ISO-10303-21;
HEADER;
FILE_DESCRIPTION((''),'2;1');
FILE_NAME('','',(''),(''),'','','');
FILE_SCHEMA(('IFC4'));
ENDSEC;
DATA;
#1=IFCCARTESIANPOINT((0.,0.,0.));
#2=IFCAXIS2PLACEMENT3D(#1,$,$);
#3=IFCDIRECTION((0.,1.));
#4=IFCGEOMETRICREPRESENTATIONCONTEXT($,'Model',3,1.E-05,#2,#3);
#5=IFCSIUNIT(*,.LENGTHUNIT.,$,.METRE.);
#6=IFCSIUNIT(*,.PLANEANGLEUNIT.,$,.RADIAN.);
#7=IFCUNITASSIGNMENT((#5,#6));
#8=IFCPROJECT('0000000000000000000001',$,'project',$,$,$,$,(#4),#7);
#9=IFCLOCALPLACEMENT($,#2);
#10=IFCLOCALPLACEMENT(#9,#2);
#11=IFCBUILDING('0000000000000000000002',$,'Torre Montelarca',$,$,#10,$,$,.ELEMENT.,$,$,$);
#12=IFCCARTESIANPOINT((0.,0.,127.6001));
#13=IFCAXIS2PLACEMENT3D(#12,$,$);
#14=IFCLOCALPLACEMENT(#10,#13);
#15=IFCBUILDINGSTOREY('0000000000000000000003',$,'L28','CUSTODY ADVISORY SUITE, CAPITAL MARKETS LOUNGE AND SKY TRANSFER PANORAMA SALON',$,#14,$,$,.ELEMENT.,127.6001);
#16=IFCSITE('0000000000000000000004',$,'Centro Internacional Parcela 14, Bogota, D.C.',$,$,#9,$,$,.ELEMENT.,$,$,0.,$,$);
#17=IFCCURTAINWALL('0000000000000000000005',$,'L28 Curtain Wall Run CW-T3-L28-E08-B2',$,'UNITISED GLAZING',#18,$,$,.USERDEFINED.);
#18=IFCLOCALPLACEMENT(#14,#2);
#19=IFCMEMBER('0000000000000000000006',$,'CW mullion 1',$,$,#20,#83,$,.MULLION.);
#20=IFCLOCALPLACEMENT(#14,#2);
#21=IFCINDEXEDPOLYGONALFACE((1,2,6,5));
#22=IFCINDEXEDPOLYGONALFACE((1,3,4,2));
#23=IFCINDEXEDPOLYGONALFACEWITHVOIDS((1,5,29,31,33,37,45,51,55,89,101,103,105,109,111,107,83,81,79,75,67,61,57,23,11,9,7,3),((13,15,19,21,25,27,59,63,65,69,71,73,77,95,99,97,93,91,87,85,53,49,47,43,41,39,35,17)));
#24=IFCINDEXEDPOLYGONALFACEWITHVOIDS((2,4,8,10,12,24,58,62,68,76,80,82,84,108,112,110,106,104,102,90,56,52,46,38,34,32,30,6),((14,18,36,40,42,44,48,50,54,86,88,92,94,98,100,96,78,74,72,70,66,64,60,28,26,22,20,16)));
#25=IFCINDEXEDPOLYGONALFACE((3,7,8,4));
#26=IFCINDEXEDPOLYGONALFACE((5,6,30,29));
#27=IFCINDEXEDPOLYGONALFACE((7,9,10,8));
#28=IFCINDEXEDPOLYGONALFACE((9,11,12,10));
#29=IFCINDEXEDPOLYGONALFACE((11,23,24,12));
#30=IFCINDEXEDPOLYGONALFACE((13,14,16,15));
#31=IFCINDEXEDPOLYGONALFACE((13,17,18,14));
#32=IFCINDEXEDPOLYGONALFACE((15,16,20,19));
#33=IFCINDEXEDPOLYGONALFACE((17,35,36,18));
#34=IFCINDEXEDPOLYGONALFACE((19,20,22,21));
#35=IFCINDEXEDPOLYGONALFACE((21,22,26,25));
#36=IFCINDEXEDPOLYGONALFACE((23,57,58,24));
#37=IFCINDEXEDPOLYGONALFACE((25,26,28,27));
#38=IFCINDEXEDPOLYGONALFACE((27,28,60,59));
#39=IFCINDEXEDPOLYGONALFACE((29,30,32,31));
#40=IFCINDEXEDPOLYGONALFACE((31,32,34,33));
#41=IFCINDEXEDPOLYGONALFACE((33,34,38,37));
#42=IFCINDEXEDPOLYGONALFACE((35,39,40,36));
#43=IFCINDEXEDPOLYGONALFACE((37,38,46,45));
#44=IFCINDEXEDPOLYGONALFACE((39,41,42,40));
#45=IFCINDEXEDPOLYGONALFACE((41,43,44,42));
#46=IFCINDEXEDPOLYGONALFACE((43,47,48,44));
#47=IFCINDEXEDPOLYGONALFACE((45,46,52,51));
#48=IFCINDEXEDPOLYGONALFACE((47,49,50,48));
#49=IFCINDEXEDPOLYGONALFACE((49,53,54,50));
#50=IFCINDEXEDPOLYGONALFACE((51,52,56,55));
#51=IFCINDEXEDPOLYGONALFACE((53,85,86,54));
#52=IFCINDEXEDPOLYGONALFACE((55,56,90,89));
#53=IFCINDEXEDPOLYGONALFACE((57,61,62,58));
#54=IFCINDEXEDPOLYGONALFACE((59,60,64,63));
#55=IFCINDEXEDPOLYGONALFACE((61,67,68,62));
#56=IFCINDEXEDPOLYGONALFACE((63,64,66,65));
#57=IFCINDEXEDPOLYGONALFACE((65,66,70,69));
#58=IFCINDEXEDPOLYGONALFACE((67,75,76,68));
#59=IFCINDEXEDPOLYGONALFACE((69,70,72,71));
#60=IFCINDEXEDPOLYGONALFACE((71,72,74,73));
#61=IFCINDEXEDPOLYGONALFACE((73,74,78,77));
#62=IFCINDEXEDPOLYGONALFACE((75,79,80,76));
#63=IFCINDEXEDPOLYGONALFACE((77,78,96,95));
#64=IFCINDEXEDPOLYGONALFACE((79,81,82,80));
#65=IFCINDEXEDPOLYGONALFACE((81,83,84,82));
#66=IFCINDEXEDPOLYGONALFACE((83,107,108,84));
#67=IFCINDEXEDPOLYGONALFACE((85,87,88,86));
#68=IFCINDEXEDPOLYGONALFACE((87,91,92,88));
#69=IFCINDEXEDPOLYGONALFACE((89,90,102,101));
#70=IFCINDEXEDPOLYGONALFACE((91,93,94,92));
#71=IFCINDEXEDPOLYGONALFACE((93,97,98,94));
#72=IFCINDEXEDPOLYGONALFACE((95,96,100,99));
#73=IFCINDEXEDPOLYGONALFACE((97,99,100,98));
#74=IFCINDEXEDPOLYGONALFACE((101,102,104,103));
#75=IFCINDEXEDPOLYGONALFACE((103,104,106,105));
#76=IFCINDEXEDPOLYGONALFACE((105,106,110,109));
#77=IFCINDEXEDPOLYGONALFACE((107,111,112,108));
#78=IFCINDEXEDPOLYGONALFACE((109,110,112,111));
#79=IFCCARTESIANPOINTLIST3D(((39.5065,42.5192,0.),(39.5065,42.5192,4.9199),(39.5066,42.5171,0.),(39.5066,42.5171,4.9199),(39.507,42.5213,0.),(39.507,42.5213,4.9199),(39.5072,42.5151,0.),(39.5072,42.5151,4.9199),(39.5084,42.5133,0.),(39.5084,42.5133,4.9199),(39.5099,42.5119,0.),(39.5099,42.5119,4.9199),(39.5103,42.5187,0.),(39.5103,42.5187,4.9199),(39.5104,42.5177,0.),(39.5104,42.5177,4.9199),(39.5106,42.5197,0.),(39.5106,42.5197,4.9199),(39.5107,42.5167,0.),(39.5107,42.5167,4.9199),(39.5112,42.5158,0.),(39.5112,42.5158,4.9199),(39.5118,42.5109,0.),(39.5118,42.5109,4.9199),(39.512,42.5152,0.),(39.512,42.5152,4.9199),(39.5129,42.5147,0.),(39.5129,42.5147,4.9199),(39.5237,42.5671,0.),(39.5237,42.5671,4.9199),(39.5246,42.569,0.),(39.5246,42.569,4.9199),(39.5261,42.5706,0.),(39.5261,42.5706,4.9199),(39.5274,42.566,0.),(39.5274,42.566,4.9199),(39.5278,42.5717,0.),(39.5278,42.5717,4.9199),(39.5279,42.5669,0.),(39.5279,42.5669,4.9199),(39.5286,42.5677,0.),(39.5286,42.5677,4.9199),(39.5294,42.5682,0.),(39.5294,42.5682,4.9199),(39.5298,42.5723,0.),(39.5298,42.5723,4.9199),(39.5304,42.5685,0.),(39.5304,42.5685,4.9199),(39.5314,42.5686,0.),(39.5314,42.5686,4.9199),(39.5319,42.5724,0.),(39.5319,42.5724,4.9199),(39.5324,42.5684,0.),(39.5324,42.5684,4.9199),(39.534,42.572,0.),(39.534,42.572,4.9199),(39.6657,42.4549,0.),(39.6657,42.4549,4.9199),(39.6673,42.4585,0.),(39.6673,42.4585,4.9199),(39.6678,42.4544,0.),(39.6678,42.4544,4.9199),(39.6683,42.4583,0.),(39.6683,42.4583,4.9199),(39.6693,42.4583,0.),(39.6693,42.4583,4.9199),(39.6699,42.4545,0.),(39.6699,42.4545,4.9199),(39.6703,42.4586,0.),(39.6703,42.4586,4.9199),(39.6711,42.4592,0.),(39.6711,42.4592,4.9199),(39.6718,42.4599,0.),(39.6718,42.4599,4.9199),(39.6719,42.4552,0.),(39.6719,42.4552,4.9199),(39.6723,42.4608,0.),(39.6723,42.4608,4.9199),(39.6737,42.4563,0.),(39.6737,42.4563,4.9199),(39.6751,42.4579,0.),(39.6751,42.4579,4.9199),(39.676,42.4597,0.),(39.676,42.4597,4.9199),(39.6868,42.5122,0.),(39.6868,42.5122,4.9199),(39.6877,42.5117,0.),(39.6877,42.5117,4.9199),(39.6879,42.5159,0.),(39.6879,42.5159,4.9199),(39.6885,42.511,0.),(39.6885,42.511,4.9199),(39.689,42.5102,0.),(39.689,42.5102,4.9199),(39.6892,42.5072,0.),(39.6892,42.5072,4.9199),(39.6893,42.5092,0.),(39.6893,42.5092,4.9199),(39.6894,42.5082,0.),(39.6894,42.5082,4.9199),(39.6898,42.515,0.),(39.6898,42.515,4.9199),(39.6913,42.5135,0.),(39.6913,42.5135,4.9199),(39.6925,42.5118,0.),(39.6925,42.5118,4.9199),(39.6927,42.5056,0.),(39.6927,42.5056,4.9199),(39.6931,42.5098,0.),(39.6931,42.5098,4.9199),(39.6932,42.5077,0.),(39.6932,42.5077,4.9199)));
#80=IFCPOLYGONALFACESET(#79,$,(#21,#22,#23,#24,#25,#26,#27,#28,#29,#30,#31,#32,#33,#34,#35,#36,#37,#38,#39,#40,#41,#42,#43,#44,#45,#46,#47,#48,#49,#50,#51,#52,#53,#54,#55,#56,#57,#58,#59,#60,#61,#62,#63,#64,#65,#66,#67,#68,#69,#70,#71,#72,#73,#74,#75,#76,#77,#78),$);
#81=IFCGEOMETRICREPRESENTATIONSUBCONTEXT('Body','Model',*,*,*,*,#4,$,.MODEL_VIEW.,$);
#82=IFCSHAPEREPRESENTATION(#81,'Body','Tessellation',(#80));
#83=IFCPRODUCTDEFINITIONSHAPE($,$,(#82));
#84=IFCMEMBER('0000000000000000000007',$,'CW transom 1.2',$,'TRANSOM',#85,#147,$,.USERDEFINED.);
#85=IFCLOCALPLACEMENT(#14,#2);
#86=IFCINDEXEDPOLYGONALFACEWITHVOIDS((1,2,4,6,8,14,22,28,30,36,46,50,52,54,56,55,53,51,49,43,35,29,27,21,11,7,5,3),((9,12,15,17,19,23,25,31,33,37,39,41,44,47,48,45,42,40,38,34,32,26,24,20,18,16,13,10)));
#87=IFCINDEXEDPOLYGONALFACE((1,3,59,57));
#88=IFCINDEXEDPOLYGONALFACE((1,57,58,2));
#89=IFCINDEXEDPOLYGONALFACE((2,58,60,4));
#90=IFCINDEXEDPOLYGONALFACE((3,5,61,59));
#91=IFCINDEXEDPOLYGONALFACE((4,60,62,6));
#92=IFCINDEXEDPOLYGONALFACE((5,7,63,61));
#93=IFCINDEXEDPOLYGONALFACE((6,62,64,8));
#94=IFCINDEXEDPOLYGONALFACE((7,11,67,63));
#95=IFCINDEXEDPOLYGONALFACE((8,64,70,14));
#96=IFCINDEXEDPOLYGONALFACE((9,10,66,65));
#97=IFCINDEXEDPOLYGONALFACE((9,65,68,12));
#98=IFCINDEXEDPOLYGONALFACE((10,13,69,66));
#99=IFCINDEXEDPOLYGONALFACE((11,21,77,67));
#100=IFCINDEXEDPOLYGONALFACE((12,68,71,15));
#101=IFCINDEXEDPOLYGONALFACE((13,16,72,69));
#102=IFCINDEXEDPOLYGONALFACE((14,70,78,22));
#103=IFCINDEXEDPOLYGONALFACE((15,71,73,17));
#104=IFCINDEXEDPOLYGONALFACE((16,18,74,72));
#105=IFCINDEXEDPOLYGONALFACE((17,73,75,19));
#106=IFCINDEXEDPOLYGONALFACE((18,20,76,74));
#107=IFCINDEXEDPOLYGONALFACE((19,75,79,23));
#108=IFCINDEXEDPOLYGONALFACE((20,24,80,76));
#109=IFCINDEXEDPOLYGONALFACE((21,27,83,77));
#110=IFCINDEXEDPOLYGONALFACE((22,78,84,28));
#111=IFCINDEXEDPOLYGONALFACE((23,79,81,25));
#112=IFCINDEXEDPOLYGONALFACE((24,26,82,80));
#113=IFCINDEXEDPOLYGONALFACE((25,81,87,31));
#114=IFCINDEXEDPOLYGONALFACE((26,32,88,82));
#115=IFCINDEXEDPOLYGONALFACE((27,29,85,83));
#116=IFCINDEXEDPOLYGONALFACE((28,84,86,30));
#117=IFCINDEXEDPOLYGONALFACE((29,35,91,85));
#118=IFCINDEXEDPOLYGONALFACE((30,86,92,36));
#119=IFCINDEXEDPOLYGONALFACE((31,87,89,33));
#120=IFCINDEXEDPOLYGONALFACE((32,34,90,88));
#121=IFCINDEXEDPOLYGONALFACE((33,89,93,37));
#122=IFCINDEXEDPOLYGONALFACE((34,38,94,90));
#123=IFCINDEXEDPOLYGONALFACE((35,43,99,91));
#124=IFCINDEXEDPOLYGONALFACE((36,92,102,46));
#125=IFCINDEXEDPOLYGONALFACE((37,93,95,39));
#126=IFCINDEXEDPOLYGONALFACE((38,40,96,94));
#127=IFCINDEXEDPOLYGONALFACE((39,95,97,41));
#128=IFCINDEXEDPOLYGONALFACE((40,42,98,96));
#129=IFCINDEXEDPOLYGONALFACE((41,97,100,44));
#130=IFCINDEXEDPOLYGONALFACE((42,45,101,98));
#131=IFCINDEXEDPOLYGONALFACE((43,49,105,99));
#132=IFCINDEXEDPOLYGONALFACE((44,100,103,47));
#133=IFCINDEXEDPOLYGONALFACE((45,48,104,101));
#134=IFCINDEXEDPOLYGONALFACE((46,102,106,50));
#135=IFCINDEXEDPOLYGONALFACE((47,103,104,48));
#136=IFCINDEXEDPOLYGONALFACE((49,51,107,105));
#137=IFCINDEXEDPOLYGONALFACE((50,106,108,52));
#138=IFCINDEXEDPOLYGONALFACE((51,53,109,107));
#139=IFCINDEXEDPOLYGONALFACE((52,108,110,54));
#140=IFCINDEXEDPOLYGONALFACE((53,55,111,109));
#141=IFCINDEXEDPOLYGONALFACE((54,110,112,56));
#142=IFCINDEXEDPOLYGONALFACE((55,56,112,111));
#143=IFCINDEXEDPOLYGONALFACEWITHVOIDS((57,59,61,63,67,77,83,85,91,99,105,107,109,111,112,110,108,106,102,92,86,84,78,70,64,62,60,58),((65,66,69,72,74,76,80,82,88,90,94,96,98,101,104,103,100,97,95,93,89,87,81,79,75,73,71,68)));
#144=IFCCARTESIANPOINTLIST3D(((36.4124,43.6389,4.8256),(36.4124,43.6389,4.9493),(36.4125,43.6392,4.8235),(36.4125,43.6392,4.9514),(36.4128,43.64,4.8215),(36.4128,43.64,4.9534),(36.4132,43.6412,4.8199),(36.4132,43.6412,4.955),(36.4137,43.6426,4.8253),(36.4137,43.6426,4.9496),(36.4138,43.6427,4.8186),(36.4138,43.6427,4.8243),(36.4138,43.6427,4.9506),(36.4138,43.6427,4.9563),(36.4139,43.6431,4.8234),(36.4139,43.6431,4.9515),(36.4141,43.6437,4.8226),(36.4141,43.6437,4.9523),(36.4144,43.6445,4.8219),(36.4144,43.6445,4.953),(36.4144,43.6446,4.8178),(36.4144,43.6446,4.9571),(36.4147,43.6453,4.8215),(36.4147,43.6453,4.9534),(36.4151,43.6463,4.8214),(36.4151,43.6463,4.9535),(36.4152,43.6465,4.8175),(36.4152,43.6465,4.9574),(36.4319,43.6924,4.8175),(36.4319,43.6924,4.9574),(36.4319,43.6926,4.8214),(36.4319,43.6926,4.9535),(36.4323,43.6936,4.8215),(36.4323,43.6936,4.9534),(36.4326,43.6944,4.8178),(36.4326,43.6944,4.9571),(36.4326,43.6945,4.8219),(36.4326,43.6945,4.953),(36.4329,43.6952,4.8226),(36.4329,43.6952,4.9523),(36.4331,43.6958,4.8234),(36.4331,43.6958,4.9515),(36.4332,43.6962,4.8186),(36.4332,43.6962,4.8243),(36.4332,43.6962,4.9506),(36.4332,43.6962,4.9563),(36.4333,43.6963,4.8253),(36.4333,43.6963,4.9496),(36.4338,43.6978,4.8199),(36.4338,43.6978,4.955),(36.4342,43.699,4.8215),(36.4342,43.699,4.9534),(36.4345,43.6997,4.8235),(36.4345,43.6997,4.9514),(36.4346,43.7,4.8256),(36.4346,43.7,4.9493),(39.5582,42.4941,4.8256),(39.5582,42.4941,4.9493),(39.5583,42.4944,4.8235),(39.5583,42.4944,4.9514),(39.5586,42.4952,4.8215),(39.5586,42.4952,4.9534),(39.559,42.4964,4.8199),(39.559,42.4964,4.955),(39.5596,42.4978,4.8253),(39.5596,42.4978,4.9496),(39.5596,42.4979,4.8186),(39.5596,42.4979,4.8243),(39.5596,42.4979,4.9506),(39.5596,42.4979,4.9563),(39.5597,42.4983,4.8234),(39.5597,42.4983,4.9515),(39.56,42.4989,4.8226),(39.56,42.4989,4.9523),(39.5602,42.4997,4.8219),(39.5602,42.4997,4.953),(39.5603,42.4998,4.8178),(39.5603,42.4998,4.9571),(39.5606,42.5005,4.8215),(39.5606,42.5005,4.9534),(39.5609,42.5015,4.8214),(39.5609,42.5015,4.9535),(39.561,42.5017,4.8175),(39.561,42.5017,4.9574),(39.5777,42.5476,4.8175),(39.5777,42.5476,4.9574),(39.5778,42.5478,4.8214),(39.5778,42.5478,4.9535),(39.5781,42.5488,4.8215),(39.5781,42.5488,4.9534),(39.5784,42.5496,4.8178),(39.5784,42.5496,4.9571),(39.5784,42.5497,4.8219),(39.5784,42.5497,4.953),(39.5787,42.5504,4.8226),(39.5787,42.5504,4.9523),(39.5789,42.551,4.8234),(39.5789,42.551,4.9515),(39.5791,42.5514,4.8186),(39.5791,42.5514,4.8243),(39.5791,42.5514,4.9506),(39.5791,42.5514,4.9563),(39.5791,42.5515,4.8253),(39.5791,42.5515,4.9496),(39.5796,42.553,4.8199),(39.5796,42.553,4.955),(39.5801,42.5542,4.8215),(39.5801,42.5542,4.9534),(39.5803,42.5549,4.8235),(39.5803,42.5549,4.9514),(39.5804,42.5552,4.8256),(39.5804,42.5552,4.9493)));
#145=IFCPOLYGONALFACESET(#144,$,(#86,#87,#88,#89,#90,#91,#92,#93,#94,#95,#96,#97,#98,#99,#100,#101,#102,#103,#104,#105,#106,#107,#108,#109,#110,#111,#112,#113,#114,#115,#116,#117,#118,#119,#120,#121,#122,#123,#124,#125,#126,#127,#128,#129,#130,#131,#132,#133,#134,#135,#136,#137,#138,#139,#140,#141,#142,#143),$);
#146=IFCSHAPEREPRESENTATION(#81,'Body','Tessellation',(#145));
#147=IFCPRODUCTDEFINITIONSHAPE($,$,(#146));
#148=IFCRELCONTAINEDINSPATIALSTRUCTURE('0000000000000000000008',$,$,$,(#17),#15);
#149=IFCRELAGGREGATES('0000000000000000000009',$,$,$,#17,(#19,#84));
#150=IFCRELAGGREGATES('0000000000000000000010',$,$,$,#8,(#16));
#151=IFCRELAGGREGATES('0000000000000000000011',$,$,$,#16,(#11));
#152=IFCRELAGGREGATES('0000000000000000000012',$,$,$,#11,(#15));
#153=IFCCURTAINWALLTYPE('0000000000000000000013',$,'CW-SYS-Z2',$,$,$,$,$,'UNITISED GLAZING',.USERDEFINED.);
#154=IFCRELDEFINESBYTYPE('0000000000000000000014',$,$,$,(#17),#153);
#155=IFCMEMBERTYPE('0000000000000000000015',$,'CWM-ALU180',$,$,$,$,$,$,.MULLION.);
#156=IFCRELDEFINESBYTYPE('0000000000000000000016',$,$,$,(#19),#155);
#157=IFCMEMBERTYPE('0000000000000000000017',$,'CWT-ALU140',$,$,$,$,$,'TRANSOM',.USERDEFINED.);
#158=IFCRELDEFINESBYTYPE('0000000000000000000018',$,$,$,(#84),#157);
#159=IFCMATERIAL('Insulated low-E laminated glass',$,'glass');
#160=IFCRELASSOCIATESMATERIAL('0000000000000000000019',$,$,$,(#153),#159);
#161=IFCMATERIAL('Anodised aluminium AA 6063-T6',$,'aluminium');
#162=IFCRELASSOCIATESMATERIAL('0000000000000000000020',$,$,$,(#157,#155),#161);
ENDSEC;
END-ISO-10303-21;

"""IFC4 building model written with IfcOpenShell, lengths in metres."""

from ifc_helpers import new_model, si_unit, direction, frame, origin, origin_2d, place, context, subcontext, project, spatial, hollow_rectangle, extrude, source, transform, mapped, material, material_profile, profile_set, type_object, element, aggregate, save


model = new_model("IFC4")

# Units and contexts
model_context = context("Model", 3, precision=1e-05, world=origin(), true_north=direction((0.0, 1.0)))
body_context = subcontext(model_context, "Body", "Model", "MODEL_VIEW")
ifc_project = project(units=[si_unit("LENGTHUNIT", "METRE"), si_unit("PLANEANGLEUNIT", "RADIAN")], contexts=[model_context])

# Site, building, storey
site_placement = place(None, origin())
site = spatial("IfcSite", under=ifc_project, at=site_placement, Name="Centro Internacional Parcela 14, Bogota, D.C.", CompositionType="ELEMENT", RefElevation=0.0)
building_placement = place(site_placement, origin())
building = spatial("IfcBuilding", under=site, at=building_placement, Name="Torre Montelarca", CompositionType="ELEMENT")
storey_placement = place(building_placement, frame((0.0, 0.0, 127.6001)))
storey = spatial("IfcBuildingStorey", under=building, at=storey_placement, Name="L28", Description="CUSTODY ADVISORY SUITE, CAPITAL MARKETS LOUNGE AND SKY TRANSFER PANORAMA SALON", CompositionType="ELEMENT", Elevation=127.6001)

# Curtain wall, members
ifc_material_1 = material(Name="Insulated low-E laminated glass", Category="glass")
curtain_wall_type = type_object("IfcCurtainWallType", Name="CW-SYS-Z2", ElementType="UNITISED GLAZING", PredefinedType="USERDEFINED", material=ifc_material_1)
ifc_material_2 = material(Name="Anodised aluminium AA 6063-T6", Category="aluminium")
ifc_material_profile_1 = material_profile(ifc_material_2, hollow_rectangle(XDim=0.0649, YDim=0.1399, WallThickness=0.0039, InnerFilletRadius=0.0039, OuterFilletRadius=0.0081, at=origin_2d()), Name="ALU65X140X4", Category="aluminium")
ifc_profile_set_1 = profile_set([ifc_material_profile_1], Name="Anodised aluminium AA 6063-T6")
member_type_1 = type_object("IfcMemberType", Name="CWT-ALU140", ElementType="TRANSOM", PredefinedType="USERDEFINED", material=ifc_profile_set_1)
ifc_material_profile_2 = material_profile(ifc_material_2, hollow_rectangle(XDim=0.0649, YDim=0.1799, WallThickness=0.0039, InnerFilletRadius=0.0039, OuterFilletRadius=0.0081, at=origin_2d()), Name="ALU65X180X4", Category="aluminium")
ifc_profile_set_2 = profile_set([ifc_material_profile_2], Name="Anodised aluminium AA 6063-T6")
member_type_2 = type_object("IfcMemberType", Name="CWM-ALU180", PredefinedType="MULLION", material=ifc_profile_set_2)
shared_shape_1 = source(origin(), body_context, "Body", "SweptSolid", [
    extrude(hollow_rectangle(XDim=0.0649, YDim=0.1799, WallThickness=0.0039, InnerFilletRadius=0.0039, OuterFilletRadius=0.0081, at=origin_2d()), origin(), (0.0, 0.0, 1.0), 4.9199),
])
curtain_wall_1_placement = place(storey_placement, origin())
curtain_wall_1 = element("IfcCurtainWall", 1, at=curtain_wall_1_placement, inside=storey, type_object=curtain_wall_type, Name="L28 Curtain Wall Run CW-T3-L28-E08-B2", ObjectType="UNITISED GLAZING", PredefinedType="USERDEFINED")
member_1_placement = place(storey_placement, frame((39.5999, 42.5134, 0.0), z_axis=(0.0, 0.0, 1.0), x_axis=(-0.342017, -0.939694, 0.0)))
member_1 = element("IfcMember", 2, at=member_1_placement, type_object=member_type_2, Name="CW mullion 1", PredefinedType="MULLION", context=body_context, shape_type="MappedRepresentation", body=[
    mapped(shared_shape_1, transform((0.0, 0.0, 0.0), scale=1.0)),
])
shared_shape_2 = source(origin(), body_context, "Body", "SweptSolid", [
    extrude(hollow_rectangle(XDim=0.0649, YDim=0.1399, WallThickness=0.0039, InnerFilletRadius=0.0039, OuterFilletRadius=0.0081, at=origin_2d()), origin(), (0.0, 0.0, 1.0), 3.3477),
])
member_2_placement = place(storey_placement, frame((39.5693, 42.5247, 4.8875), z_axis=(-0.93971, 0.341971, 0.0), x_axis=(-0.341971, -0.93971, 0.0)))
member_2 = element("IfcMember", 3, at=member_2_placement, type_object=member_type_1, Name="CW transom 1.2", ObjectType="TRANSOM", PredefinedType="USERDEFINED", context=body_context, shape_type="MappedRepresentation", body=[
    mapped(shared_shape_2, transform((0.0, 0.0, 0.0), scale=1.0)),
])
aggregate(curtain_wall_1, [member_1, member_2])

save(model, "model.ifc")
